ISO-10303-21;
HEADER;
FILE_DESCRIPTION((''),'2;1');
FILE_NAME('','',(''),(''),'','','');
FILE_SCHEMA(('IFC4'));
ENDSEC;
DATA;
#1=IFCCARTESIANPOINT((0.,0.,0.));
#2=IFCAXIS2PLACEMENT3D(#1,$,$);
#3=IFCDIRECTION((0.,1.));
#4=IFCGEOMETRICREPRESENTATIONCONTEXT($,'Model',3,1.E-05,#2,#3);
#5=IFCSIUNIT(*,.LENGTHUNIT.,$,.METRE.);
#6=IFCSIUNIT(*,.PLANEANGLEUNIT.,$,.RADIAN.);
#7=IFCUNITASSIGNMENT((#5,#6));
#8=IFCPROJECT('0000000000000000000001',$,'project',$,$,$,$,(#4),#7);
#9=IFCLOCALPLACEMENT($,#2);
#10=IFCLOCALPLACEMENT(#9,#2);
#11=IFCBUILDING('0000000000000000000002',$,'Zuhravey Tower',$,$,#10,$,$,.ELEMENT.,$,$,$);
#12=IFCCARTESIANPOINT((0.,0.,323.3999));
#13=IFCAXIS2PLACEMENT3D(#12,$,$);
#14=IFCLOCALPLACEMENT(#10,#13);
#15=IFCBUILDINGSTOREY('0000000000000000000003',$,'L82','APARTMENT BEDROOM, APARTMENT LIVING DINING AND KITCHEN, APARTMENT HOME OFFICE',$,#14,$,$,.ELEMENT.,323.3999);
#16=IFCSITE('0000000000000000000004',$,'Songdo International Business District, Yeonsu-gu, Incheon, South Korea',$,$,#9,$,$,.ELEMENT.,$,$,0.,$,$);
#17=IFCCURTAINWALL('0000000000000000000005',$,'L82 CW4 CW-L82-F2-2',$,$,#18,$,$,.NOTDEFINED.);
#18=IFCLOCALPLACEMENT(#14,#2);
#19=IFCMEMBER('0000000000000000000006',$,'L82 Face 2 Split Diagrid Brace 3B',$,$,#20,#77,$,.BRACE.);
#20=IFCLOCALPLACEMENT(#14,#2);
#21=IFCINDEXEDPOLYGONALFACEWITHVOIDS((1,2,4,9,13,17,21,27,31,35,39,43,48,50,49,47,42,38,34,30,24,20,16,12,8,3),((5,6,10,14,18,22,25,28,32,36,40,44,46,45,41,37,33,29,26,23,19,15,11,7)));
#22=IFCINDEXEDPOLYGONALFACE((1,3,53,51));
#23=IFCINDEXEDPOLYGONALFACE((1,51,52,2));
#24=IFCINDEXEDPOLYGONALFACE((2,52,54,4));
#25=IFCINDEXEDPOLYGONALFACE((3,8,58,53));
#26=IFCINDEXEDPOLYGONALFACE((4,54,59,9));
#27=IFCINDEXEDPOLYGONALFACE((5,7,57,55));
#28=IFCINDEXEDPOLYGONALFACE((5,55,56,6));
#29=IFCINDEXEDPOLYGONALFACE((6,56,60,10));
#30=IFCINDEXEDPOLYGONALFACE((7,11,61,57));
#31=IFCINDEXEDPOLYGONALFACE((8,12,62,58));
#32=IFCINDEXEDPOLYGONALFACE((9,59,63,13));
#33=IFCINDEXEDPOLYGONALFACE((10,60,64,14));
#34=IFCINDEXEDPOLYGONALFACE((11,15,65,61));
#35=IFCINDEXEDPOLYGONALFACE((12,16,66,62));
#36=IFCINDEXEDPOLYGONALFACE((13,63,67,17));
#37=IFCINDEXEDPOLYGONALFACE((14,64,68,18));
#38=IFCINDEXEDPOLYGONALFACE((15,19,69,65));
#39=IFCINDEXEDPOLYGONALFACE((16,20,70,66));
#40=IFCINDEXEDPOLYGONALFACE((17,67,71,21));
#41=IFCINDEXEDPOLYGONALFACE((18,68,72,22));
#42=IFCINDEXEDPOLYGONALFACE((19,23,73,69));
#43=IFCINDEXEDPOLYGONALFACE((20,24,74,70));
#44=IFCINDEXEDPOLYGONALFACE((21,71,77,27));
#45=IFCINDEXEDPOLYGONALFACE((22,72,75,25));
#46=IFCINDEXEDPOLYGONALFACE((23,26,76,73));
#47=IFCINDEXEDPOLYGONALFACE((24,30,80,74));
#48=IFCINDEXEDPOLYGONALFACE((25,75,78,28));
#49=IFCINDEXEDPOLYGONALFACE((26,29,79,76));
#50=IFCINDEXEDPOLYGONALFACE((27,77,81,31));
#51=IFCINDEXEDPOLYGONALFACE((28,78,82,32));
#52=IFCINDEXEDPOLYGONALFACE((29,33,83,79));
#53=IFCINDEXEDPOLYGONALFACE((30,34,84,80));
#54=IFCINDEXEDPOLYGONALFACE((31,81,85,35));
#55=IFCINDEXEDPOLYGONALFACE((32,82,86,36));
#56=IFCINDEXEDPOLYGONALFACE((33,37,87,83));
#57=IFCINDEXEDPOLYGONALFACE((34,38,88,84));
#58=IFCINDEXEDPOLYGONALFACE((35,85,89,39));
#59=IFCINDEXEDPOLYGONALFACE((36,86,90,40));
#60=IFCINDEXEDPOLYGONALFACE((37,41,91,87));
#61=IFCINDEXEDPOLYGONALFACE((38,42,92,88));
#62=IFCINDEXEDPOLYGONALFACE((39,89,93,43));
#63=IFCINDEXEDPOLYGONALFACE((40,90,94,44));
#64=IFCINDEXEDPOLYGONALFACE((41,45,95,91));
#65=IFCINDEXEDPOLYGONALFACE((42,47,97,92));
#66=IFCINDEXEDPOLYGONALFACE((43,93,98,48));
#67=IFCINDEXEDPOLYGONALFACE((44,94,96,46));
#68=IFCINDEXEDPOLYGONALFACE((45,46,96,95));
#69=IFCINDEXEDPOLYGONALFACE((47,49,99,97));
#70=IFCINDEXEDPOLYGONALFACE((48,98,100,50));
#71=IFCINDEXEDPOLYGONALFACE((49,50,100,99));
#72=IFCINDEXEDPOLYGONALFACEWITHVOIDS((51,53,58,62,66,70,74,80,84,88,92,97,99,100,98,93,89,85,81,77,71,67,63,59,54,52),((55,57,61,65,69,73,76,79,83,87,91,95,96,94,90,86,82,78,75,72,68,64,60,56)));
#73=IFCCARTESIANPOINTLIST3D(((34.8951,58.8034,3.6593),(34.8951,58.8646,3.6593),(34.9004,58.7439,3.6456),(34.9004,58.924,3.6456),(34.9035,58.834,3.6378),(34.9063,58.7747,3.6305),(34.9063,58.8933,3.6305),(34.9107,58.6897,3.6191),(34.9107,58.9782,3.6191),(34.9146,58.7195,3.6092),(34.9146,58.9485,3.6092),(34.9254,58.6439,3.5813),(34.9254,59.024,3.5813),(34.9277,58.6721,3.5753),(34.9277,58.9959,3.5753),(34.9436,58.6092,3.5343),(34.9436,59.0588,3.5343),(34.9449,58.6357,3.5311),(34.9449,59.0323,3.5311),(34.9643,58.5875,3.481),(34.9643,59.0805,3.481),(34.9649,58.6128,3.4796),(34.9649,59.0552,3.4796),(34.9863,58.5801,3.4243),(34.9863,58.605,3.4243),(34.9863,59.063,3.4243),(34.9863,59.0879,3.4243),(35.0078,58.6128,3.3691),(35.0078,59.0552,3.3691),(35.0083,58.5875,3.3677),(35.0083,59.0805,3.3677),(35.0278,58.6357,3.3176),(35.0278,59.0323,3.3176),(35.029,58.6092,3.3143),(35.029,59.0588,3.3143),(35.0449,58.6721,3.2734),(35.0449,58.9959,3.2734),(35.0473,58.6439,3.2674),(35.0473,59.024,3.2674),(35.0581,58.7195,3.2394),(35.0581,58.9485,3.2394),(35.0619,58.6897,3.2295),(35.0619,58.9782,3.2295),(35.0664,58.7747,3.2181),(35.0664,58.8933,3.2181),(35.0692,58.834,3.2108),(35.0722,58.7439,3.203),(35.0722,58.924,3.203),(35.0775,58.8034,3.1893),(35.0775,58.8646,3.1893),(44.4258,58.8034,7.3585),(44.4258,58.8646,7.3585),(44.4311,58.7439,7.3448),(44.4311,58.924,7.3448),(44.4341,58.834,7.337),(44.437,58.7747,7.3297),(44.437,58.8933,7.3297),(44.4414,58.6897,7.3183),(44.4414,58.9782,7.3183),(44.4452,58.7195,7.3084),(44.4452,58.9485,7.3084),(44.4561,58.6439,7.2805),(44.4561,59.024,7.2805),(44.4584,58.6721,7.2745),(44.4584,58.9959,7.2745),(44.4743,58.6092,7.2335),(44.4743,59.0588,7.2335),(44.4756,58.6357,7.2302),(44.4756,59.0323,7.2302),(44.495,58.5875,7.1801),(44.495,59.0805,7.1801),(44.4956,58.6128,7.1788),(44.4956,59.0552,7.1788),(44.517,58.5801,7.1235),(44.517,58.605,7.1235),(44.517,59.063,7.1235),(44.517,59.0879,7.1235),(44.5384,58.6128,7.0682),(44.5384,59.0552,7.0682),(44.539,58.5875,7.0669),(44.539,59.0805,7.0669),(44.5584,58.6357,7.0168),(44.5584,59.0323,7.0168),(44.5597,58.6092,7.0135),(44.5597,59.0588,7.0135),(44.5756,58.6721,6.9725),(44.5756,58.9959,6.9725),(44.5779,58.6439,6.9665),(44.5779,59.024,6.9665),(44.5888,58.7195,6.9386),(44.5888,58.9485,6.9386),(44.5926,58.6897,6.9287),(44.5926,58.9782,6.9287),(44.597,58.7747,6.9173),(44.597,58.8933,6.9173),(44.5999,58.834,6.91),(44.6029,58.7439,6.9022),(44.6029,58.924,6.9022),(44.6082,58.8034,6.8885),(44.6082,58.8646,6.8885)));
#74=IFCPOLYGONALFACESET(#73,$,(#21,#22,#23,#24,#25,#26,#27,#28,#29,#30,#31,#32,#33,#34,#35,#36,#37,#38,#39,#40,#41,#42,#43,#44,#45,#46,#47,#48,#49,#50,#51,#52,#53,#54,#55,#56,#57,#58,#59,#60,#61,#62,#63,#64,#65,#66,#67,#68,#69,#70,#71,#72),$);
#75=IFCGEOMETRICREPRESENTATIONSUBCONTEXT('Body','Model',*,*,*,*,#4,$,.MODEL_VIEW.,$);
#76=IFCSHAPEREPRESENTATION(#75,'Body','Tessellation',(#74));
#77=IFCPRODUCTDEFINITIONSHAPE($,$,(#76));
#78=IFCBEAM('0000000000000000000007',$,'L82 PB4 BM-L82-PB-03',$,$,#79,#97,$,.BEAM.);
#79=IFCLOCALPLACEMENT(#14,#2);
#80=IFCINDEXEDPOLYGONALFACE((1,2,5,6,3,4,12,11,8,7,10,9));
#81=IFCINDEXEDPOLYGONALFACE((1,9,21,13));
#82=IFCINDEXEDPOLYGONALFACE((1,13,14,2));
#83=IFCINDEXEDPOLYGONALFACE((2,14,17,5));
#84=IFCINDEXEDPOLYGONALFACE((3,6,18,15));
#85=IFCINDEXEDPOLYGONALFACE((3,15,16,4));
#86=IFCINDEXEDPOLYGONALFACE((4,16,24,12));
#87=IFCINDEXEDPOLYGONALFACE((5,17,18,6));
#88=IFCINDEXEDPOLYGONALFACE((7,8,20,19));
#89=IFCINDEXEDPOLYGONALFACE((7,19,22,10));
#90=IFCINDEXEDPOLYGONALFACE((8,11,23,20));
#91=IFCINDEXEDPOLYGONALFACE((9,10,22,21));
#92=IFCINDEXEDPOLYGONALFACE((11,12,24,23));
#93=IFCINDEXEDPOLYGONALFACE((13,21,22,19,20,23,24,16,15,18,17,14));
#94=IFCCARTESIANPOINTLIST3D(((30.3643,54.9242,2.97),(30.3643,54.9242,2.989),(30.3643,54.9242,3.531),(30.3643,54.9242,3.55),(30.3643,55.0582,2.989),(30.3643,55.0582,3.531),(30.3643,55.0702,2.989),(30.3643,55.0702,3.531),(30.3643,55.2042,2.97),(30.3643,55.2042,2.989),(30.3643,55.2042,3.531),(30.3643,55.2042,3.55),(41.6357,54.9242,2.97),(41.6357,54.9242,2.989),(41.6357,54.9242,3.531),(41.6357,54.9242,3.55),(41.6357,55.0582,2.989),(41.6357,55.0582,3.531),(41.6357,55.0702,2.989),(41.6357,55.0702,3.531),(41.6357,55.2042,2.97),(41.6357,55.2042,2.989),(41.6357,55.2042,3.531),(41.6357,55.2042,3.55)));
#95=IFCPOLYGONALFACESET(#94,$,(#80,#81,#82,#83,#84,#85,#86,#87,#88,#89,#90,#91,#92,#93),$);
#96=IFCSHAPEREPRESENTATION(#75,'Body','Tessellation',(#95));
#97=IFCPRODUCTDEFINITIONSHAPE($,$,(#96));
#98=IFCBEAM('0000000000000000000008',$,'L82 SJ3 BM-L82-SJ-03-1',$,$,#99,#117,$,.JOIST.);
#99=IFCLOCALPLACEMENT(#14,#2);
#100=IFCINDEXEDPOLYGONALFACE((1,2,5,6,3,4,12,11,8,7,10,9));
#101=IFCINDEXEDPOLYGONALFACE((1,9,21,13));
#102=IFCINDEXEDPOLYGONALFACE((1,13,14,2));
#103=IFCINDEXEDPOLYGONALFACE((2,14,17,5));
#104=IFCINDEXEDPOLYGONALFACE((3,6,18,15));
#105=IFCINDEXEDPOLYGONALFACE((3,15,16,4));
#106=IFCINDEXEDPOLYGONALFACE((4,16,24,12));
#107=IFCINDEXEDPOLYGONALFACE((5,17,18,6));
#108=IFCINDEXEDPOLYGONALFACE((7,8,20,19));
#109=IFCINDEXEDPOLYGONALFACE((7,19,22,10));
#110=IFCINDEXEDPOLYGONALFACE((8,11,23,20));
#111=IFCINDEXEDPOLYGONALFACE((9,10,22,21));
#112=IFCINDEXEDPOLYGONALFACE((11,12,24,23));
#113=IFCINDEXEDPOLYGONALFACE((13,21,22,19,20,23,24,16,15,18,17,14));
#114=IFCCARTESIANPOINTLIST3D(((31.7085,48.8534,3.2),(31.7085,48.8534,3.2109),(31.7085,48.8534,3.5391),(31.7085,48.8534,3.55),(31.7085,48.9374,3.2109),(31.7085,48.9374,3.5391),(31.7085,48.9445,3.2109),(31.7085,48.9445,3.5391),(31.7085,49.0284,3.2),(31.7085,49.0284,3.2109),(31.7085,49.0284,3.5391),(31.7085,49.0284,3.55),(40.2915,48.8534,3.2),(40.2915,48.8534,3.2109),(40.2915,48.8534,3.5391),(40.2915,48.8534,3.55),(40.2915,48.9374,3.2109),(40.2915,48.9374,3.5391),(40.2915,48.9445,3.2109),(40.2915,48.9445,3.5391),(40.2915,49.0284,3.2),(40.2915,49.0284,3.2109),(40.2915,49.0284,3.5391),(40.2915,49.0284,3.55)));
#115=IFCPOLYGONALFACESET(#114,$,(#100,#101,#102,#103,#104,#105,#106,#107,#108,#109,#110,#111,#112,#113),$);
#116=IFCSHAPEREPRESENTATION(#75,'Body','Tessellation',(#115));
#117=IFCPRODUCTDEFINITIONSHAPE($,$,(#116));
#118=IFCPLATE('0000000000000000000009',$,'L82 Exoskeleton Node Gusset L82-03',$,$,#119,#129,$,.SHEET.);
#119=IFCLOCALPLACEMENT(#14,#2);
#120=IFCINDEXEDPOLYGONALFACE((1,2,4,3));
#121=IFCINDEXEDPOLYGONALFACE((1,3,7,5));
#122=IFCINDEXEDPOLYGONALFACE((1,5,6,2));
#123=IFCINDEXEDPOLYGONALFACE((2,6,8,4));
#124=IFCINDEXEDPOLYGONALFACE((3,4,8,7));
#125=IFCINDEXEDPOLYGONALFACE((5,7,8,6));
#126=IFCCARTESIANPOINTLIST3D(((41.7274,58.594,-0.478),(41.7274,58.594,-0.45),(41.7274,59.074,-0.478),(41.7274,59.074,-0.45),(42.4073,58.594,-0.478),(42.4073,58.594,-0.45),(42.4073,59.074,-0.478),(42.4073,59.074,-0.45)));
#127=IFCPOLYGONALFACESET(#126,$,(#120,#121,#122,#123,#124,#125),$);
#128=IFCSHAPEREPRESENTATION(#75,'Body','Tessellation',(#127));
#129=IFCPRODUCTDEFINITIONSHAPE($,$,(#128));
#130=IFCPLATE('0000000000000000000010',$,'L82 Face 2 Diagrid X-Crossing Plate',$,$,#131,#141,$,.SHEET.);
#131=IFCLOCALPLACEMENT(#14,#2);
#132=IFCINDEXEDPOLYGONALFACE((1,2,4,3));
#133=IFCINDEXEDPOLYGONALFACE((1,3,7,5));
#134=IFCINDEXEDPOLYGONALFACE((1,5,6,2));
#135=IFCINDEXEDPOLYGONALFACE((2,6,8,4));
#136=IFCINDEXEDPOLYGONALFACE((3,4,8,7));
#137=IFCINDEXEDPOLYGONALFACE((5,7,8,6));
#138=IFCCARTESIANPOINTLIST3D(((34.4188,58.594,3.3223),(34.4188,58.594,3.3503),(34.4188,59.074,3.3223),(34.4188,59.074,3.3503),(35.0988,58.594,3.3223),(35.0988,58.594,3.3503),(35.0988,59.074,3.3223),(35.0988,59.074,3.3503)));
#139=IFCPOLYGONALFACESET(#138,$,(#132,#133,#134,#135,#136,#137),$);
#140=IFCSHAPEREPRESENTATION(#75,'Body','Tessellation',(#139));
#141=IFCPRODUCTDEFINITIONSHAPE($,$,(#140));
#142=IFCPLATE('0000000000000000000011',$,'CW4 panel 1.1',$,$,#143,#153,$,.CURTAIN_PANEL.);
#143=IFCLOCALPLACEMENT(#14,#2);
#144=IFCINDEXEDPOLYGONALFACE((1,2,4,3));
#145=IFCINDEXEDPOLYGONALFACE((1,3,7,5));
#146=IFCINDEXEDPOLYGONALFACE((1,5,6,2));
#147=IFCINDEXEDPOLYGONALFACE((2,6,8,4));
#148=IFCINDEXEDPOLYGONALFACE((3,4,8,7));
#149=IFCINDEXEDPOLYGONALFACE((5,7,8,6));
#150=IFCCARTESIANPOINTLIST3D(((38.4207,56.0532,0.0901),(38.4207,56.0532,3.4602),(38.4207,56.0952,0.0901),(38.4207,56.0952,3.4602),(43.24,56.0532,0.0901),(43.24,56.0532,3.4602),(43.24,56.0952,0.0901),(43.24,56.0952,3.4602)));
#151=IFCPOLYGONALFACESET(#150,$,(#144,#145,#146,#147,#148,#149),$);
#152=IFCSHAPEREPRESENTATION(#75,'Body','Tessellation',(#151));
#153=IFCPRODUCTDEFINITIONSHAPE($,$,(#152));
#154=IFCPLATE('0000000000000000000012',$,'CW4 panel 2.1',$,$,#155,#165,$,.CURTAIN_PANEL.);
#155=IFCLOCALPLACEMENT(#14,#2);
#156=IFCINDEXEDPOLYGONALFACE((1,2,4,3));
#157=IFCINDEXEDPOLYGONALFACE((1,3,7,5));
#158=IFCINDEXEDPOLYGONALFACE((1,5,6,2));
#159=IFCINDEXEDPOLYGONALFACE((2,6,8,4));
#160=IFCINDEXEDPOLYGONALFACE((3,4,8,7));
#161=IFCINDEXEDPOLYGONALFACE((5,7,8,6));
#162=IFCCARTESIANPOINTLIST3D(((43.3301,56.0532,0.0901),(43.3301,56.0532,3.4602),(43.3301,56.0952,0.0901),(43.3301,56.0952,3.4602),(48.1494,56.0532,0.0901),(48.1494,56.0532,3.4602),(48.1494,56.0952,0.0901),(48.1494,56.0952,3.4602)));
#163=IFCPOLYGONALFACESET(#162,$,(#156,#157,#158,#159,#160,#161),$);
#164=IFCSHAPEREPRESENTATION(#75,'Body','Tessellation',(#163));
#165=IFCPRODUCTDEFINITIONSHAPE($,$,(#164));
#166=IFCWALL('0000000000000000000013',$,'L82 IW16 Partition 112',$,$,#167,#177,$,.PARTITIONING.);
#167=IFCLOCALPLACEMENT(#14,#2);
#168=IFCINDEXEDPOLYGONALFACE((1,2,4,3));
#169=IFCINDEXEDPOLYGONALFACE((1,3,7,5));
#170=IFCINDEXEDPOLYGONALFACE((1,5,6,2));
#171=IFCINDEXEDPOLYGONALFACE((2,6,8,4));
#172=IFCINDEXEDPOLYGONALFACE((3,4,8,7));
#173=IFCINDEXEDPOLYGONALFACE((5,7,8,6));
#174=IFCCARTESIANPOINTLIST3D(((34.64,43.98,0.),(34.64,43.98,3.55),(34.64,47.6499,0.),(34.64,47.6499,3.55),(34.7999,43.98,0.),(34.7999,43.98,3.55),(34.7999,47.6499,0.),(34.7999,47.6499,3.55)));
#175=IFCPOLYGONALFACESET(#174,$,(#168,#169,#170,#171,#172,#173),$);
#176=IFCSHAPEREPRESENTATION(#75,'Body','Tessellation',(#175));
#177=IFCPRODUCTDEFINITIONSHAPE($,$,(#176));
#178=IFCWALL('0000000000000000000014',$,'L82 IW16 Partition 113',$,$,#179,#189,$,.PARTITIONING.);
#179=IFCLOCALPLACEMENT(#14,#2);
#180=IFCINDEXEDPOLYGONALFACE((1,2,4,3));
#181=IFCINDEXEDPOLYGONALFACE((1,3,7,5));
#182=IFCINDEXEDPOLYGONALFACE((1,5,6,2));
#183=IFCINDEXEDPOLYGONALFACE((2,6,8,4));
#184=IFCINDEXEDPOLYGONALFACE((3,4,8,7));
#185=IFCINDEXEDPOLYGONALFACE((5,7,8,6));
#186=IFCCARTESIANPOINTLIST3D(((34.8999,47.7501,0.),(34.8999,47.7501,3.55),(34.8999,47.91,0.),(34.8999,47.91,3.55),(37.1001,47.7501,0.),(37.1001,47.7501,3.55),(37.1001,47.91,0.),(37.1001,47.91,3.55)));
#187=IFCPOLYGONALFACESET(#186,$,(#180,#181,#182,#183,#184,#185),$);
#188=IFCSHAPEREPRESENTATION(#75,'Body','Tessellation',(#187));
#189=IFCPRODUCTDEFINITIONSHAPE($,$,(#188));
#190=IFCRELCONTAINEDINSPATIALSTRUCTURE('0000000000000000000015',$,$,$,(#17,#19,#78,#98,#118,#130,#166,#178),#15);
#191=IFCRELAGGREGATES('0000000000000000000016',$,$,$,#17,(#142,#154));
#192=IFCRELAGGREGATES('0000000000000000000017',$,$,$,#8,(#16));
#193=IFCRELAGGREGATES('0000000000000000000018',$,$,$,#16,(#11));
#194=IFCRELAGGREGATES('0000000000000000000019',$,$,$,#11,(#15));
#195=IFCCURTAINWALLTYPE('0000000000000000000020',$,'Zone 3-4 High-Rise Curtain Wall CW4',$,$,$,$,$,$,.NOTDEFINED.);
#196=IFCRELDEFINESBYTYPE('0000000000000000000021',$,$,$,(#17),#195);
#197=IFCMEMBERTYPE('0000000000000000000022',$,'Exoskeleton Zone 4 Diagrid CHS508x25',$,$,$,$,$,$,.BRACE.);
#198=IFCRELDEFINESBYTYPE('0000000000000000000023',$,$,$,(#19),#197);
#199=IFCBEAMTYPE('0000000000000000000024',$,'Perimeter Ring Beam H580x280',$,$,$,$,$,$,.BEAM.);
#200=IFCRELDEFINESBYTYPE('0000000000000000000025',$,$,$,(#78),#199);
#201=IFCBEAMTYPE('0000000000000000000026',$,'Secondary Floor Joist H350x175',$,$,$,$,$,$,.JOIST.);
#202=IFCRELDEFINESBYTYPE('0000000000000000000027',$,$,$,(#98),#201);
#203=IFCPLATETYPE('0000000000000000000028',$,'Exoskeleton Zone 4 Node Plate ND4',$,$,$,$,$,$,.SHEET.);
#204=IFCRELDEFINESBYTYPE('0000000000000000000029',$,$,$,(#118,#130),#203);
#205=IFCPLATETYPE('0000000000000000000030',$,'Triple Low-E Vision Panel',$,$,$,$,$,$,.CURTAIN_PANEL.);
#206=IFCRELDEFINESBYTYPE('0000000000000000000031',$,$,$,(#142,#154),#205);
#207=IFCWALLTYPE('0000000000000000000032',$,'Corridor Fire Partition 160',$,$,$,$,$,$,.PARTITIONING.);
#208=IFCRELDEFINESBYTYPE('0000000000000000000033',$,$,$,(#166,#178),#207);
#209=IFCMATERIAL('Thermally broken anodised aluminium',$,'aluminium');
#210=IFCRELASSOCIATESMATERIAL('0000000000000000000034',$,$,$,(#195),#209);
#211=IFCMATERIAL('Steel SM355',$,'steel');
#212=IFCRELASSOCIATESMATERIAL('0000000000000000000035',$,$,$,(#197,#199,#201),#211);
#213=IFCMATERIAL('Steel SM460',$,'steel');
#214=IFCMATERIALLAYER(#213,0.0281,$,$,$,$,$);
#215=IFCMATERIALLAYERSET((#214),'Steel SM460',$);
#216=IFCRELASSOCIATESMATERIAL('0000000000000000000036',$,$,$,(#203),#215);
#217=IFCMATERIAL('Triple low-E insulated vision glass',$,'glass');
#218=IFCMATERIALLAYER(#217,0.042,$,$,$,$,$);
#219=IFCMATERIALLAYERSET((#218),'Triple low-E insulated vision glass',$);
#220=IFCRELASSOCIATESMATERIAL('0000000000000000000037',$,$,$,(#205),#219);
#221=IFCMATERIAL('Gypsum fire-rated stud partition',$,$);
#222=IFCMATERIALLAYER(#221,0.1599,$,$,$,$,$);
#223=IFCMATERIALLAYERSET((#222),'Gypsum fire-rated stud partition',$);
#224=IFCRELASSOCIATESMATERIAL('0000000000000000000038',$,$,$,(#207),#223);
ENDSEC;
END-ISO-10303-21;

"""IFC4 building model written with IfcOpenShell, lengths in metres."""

from ifc_helpers import new_model, si_unit, direction, frame, frame_2d, origin, origin_2d, place, context, subcontext, project, spatial, rectangle, hollow_circle, i_section, extrude, material, layer, layer_set, material_profile, profile_set, type_object, element, aggregate, save


model = new_model("IFC4")

# Units and contexts
model_context = context("Model", 3, precision=1e-05, world=origin(), true_north=direction((0.0, 1.0)))
body_context = subcontext(model_context, "Body", "Model", "MODEL_VIEW")
ifc_project = project(units=[si_unit("LENGTHUNIT", "METRE"), si_unit("PLANEANGLEUNIT", "RADIAN")], contexts=[model_context])

# Site, building, storey
site_placement = place(None, origin())
site = spatial("IfcSite", under=ifc_project, at=site_placement, Name="Songdo International Business District, Yeonsu-gu, Incheon, South Korea", CompositionType="ELEMENT", RefElevation=0.0)
building_placement = place(site_placement, origin())
building = spatial("IfcBuilding", under=site, at=building_placement, Name="Zuhravey Tower", CompositionType="ELEMENT")
storey_placement = place(building_placement, frame((0.0, 0.0, 323.3999)))
storey = spatial("IfcBuildingStorey", under=building, at=storey_placement, Name="L82", Description="APARTMENT BEDROOM, APARTMENT LIVING DINING AND KITCHEN, APARTMENT HOME OFFICE", CompositionType="ELEMENT", Elevation=323.3999)

# Shared definitions
ifc_material_1 = material(Name="Thermally broken anodised aluminium", Category="aluminium")
curtain_wall_type = type_object("IfcCurtainWallType", Name="Zone 3-4 High-Rise Curtain Wall CW4", PredefinedType="NOTDEFINED", material=ifc_material_1)

# Curtain wall
curtain_wall_1_placement = place(storey_placement, origin())
curtain_wall_1 = element("IfcCurtainWall", 1, at=curtain_wall_1_placement, inside=storey, type_object=curtain_wall_type, Name="L82 CW4 CW-L82-F2-2", PredefinedType="NOTDEFINED")

# Member
ifc_material_2 = material(Name="Steel SM355", Category="steel")
ifc_material_profile_1 = material_profile(ifc_material_2, hollow_circle(Radius=0.2539, WallThickness=0.0249, at=origin_2d()), Name="CHS-508.0x25")
ifc_profile_set_1 = profile_set([ifc_material_profile_1], Name="Steel SM355")
member_type_1 = type_object("IfcMemberType", Name="Exoskeleton Zone 4 Diagrid CHS508x25", PredefinedType="BRACE", material=ifc_profile_set_1)
member_1_placement = place(storey_placement, frame((34.9863, 58.834, 3.4243), z_axis=(0.932242, 0.0, 0.361835), x_axis=(0.0, 1.0, 0.0)))
element("IfcMember", 2, at=member_1_placement, inside=storey, type_object=member_type_1, Name="L82 Face 2 Split Diagrid Brace 3B", PredefinedType="BRACE", context=body_context, shape_type="SweptSolid", body=[
    extrude(hollow_circle(Radius=0.2539, WallThickness=0.0249, at=origin_2d()), origin(), (0.0, 0.0, 1.0), 10.2234),
])

# Beams
ifc_material_profile_2 = material_profile(ifc_material_2, i_section(OverallWidth=0.28, OverallDepth=0.5801, WebThickness=0.012, FlangeThickness=0.019, at=origin_2d()), Name="H-580x280x12x19")
ifc_profile_set_2 = profile_set([ifc_material_profile_2], Name="Steel SM355")
beam_type_1 = type_object("IfcBeamType", Name="Perimeter Ring Beam H580x280", PredefinedType="BEAM", material=ifc_profile_set_2)
beam_1_placement = place(storey_placement, frame((41.6357, 55.0642, 3.26), z_axis=(-1.0, 0.0, 0.0), x_axis=(0.0, -1.0, 0.0)))
element("IfcBeam", 3, at=beam_1_placement, inside=storey, type_object=beam_type_1, Name="L82 PB4 BM-L82-PB-03", PredefinedType="BEAM", context=body_context, shape_type="SweptSolid", body=[
    extrude(i_section(OverallWidth=0.28, OverallDepth=0.5801, WebThickness=0.012, FlangeThickness=0.019, at=origin_2d()), origin(), (0.0, 0.0, 1.0), 11.2715),
])
ifc_material_profile_3 = material_profile(ifc_material_2, i_section(OverallWidth=0.175, OverallDepth=0.3501, WebThickness=0.0071, FlangeThickness=0.011, at=origin_2d()), Name="H-350x175x7x11")
ifc_profile_set_3 = profile_set([ifc_material_profile_3], Name="Steel SM355")
beam_type_2 = type_object("IfcBeamType", Name="Secondary Floor Joist H350x175", PredefinedType="JOIST", material=ifc_profile_set_3)
beam_2_placement = place(storey_placement, frame((40.2915, 48.9409, 3.375), z_axis=(-1.0, 0.0, 0.0), x_axis=(0.0, -1.0, 0.0)))
element("IfcBeam", 4, at=beam_2_placement, inside=storey, type_object=beam_type_2, Name="L82 SJ3 BM-L82-SJ-03-1", PredefinedType="JOIST", context=body_context, shape_type="SweptSolid", body=[
    extrude(i_section(OverallWidth=0.175, OverallDepth=0.3501, WebThickness=0.0071, FlangeThickness=0.011, at=origin_2d()), origin(), (0.0, 0.0, 1.0), 8.583),
])

# Plates
ifc_material_3 = material(Name="Steel SM460", Category="steel")
ifc_layer_1 = layer(ifc_material_3, 0.0281)
ifc_layer_set_1 = layer_set([ifc_layer_1], Name="Steel SM460")
plate_type_1 = type_object("IfcPlateType", Name="Exoskeleton Zone 4 Node Plate ND4", PredefinedType="SHEET", material=ifc_layer_set_1)
for number, where, z_axis, x_axis, name in (
    (5, (42.0674, 58.834, -0.478), (0.0, 0.0, 1.0), (-1.0, 0.0, 0.0), "L82 Exoskeleton Node Gusset L82-03"),
    (6, (34.7588, 58.834, 3.3223), (0.0, 0.0, 1.0), (-1.0, 0.0, 0.0), "L82 Face 2 Diagrid X-Crossing Plate"),
):
    element("IfcPlate", number, at=place(storey_placement, frame(where, z_axis=z_axis, x_axis=x_axis)), inside=storey, type_object=plate_type_1, Name=name, PredefinedType="SHEET", context=body_context, shape_type="SweptSolid", body=[
        extrude(rectangle(XDim=0.6799, YDim=0.48, at=origin_2d()), origin(), (0.0, 0.0, 1.0), 0.0281),
    ])

# Plates
ifc_material_4 = material(Name="Triple low-E insulated vision glass", Category="glass")
ifc_layer_2 = layer(ifc_material_4, 0.042)
ifc_layer_set_2 = layer_set([ifc_layer_2], Name="Triple low-E insulated vision glass")
plate_type_2 = type_object("IfcPlateType", Name="Triple Low-E Vision Panel", PredefinedType="CURTAIN_PANEL", material=ifc_layer_set_2)
plate_1_placement = place(storey_placement, frame((40.8303, 56.0742, 0.0901), z_axis=(0.0, 0.0, 1.0), x_axis=(1.0, 0.0, 0.0)))
plate_1 = element("IfcPlate", 7, at=plate_1_placement, type_object=plate_type_2, Name="CW4 panel 1.1", PredefinedType="CURTAIN_PANEL", context=body_context, shape_type="SweptSolid", body=[
    extrude(rectangle(XDim=4.8193, YDim=0.042, at=origin_2d()), origin(), (0.0, 0.0, 1.0), 3.3701),
])
plate_2_placement = place(storey_placement, frame((45.7397, 56.0742, 0.0901), z_axis=(0.0, 0.0, 1.0), x_axis=(1.0, 0.0, 0.0)))
plate_2 = element("IfcPlate", 8, at=plate_2_placement, type_object=plate_type_2, Name="CW4 panel 2.1", PredefinedType="CURTAIN_PANEL", context=body_context, shape_type="SweptSolid", body=[
    extrude(rectangle(XDim=4.8193, YDim=0.042, at=origin_2d()), origin(), (0.0, 0.0, 1.0), 3.3701),
])
aggregate(curtain_wall_1, [plate_1, plate_2])

# Walls
ifc_material_5 = material(Name="Gypsum fire-rated stud partition")
ifc_layer_3 = layer(ifc_material_5, 0.1599)
ifc_layer_set_3 = layer_set([ifc_layer_3], Name="Gypsum fire-rated stud partition")
wall_type_1 = type_object("IfcWallType", Name="Corridor Fire Partition 160", PredefinedType="PARTITIONING", material=ifc_layer_set_3)
wall_1_placement = place(storey_placement, frame((34.72, 47.6499, 0.0), z_axis=(0.0, 0.0, 1.0), x_axis=(0.0, -1.0, 0.0)))
element("IfcWall", 9, at=wall_1_placement, inside=storey, type_object=wall_type_1, Name="L82 IW16 Partition 112", PredefinedType="PARTITIONING", context=body_context, shape_type="SweptSolid", body=[
    extrude(rectangle(XDim=3.6699, YDim=0.1599, at=frame_2d((1.835, 0.0))), origin(), (0.0, 0.0, 1.0), 3.55),
])
wall_2_placement = place(storey_placement, frame((37.1001, 47.8301, 0.0), z_axis=(0.0, 0.0, 1.0), x_axis=(-1.0, 0.0, 0.0)))
element("IfcWall", 10, at=wall_2_placement, inside=storey, type_object=wall_type_1, Name="L82 IW16 Partition 113", PredefinedType="PARTITIONING", context=body_context, shape_type="SweptSolid", body=[
    extrude(rectangle(XDim=2.2002, YDim=0.1599, at=frame_2d((1.1001, 0.0))), origin(), (0.0, 0.0, 1.0), 3.55),
])

save(model, "model.ifc")
